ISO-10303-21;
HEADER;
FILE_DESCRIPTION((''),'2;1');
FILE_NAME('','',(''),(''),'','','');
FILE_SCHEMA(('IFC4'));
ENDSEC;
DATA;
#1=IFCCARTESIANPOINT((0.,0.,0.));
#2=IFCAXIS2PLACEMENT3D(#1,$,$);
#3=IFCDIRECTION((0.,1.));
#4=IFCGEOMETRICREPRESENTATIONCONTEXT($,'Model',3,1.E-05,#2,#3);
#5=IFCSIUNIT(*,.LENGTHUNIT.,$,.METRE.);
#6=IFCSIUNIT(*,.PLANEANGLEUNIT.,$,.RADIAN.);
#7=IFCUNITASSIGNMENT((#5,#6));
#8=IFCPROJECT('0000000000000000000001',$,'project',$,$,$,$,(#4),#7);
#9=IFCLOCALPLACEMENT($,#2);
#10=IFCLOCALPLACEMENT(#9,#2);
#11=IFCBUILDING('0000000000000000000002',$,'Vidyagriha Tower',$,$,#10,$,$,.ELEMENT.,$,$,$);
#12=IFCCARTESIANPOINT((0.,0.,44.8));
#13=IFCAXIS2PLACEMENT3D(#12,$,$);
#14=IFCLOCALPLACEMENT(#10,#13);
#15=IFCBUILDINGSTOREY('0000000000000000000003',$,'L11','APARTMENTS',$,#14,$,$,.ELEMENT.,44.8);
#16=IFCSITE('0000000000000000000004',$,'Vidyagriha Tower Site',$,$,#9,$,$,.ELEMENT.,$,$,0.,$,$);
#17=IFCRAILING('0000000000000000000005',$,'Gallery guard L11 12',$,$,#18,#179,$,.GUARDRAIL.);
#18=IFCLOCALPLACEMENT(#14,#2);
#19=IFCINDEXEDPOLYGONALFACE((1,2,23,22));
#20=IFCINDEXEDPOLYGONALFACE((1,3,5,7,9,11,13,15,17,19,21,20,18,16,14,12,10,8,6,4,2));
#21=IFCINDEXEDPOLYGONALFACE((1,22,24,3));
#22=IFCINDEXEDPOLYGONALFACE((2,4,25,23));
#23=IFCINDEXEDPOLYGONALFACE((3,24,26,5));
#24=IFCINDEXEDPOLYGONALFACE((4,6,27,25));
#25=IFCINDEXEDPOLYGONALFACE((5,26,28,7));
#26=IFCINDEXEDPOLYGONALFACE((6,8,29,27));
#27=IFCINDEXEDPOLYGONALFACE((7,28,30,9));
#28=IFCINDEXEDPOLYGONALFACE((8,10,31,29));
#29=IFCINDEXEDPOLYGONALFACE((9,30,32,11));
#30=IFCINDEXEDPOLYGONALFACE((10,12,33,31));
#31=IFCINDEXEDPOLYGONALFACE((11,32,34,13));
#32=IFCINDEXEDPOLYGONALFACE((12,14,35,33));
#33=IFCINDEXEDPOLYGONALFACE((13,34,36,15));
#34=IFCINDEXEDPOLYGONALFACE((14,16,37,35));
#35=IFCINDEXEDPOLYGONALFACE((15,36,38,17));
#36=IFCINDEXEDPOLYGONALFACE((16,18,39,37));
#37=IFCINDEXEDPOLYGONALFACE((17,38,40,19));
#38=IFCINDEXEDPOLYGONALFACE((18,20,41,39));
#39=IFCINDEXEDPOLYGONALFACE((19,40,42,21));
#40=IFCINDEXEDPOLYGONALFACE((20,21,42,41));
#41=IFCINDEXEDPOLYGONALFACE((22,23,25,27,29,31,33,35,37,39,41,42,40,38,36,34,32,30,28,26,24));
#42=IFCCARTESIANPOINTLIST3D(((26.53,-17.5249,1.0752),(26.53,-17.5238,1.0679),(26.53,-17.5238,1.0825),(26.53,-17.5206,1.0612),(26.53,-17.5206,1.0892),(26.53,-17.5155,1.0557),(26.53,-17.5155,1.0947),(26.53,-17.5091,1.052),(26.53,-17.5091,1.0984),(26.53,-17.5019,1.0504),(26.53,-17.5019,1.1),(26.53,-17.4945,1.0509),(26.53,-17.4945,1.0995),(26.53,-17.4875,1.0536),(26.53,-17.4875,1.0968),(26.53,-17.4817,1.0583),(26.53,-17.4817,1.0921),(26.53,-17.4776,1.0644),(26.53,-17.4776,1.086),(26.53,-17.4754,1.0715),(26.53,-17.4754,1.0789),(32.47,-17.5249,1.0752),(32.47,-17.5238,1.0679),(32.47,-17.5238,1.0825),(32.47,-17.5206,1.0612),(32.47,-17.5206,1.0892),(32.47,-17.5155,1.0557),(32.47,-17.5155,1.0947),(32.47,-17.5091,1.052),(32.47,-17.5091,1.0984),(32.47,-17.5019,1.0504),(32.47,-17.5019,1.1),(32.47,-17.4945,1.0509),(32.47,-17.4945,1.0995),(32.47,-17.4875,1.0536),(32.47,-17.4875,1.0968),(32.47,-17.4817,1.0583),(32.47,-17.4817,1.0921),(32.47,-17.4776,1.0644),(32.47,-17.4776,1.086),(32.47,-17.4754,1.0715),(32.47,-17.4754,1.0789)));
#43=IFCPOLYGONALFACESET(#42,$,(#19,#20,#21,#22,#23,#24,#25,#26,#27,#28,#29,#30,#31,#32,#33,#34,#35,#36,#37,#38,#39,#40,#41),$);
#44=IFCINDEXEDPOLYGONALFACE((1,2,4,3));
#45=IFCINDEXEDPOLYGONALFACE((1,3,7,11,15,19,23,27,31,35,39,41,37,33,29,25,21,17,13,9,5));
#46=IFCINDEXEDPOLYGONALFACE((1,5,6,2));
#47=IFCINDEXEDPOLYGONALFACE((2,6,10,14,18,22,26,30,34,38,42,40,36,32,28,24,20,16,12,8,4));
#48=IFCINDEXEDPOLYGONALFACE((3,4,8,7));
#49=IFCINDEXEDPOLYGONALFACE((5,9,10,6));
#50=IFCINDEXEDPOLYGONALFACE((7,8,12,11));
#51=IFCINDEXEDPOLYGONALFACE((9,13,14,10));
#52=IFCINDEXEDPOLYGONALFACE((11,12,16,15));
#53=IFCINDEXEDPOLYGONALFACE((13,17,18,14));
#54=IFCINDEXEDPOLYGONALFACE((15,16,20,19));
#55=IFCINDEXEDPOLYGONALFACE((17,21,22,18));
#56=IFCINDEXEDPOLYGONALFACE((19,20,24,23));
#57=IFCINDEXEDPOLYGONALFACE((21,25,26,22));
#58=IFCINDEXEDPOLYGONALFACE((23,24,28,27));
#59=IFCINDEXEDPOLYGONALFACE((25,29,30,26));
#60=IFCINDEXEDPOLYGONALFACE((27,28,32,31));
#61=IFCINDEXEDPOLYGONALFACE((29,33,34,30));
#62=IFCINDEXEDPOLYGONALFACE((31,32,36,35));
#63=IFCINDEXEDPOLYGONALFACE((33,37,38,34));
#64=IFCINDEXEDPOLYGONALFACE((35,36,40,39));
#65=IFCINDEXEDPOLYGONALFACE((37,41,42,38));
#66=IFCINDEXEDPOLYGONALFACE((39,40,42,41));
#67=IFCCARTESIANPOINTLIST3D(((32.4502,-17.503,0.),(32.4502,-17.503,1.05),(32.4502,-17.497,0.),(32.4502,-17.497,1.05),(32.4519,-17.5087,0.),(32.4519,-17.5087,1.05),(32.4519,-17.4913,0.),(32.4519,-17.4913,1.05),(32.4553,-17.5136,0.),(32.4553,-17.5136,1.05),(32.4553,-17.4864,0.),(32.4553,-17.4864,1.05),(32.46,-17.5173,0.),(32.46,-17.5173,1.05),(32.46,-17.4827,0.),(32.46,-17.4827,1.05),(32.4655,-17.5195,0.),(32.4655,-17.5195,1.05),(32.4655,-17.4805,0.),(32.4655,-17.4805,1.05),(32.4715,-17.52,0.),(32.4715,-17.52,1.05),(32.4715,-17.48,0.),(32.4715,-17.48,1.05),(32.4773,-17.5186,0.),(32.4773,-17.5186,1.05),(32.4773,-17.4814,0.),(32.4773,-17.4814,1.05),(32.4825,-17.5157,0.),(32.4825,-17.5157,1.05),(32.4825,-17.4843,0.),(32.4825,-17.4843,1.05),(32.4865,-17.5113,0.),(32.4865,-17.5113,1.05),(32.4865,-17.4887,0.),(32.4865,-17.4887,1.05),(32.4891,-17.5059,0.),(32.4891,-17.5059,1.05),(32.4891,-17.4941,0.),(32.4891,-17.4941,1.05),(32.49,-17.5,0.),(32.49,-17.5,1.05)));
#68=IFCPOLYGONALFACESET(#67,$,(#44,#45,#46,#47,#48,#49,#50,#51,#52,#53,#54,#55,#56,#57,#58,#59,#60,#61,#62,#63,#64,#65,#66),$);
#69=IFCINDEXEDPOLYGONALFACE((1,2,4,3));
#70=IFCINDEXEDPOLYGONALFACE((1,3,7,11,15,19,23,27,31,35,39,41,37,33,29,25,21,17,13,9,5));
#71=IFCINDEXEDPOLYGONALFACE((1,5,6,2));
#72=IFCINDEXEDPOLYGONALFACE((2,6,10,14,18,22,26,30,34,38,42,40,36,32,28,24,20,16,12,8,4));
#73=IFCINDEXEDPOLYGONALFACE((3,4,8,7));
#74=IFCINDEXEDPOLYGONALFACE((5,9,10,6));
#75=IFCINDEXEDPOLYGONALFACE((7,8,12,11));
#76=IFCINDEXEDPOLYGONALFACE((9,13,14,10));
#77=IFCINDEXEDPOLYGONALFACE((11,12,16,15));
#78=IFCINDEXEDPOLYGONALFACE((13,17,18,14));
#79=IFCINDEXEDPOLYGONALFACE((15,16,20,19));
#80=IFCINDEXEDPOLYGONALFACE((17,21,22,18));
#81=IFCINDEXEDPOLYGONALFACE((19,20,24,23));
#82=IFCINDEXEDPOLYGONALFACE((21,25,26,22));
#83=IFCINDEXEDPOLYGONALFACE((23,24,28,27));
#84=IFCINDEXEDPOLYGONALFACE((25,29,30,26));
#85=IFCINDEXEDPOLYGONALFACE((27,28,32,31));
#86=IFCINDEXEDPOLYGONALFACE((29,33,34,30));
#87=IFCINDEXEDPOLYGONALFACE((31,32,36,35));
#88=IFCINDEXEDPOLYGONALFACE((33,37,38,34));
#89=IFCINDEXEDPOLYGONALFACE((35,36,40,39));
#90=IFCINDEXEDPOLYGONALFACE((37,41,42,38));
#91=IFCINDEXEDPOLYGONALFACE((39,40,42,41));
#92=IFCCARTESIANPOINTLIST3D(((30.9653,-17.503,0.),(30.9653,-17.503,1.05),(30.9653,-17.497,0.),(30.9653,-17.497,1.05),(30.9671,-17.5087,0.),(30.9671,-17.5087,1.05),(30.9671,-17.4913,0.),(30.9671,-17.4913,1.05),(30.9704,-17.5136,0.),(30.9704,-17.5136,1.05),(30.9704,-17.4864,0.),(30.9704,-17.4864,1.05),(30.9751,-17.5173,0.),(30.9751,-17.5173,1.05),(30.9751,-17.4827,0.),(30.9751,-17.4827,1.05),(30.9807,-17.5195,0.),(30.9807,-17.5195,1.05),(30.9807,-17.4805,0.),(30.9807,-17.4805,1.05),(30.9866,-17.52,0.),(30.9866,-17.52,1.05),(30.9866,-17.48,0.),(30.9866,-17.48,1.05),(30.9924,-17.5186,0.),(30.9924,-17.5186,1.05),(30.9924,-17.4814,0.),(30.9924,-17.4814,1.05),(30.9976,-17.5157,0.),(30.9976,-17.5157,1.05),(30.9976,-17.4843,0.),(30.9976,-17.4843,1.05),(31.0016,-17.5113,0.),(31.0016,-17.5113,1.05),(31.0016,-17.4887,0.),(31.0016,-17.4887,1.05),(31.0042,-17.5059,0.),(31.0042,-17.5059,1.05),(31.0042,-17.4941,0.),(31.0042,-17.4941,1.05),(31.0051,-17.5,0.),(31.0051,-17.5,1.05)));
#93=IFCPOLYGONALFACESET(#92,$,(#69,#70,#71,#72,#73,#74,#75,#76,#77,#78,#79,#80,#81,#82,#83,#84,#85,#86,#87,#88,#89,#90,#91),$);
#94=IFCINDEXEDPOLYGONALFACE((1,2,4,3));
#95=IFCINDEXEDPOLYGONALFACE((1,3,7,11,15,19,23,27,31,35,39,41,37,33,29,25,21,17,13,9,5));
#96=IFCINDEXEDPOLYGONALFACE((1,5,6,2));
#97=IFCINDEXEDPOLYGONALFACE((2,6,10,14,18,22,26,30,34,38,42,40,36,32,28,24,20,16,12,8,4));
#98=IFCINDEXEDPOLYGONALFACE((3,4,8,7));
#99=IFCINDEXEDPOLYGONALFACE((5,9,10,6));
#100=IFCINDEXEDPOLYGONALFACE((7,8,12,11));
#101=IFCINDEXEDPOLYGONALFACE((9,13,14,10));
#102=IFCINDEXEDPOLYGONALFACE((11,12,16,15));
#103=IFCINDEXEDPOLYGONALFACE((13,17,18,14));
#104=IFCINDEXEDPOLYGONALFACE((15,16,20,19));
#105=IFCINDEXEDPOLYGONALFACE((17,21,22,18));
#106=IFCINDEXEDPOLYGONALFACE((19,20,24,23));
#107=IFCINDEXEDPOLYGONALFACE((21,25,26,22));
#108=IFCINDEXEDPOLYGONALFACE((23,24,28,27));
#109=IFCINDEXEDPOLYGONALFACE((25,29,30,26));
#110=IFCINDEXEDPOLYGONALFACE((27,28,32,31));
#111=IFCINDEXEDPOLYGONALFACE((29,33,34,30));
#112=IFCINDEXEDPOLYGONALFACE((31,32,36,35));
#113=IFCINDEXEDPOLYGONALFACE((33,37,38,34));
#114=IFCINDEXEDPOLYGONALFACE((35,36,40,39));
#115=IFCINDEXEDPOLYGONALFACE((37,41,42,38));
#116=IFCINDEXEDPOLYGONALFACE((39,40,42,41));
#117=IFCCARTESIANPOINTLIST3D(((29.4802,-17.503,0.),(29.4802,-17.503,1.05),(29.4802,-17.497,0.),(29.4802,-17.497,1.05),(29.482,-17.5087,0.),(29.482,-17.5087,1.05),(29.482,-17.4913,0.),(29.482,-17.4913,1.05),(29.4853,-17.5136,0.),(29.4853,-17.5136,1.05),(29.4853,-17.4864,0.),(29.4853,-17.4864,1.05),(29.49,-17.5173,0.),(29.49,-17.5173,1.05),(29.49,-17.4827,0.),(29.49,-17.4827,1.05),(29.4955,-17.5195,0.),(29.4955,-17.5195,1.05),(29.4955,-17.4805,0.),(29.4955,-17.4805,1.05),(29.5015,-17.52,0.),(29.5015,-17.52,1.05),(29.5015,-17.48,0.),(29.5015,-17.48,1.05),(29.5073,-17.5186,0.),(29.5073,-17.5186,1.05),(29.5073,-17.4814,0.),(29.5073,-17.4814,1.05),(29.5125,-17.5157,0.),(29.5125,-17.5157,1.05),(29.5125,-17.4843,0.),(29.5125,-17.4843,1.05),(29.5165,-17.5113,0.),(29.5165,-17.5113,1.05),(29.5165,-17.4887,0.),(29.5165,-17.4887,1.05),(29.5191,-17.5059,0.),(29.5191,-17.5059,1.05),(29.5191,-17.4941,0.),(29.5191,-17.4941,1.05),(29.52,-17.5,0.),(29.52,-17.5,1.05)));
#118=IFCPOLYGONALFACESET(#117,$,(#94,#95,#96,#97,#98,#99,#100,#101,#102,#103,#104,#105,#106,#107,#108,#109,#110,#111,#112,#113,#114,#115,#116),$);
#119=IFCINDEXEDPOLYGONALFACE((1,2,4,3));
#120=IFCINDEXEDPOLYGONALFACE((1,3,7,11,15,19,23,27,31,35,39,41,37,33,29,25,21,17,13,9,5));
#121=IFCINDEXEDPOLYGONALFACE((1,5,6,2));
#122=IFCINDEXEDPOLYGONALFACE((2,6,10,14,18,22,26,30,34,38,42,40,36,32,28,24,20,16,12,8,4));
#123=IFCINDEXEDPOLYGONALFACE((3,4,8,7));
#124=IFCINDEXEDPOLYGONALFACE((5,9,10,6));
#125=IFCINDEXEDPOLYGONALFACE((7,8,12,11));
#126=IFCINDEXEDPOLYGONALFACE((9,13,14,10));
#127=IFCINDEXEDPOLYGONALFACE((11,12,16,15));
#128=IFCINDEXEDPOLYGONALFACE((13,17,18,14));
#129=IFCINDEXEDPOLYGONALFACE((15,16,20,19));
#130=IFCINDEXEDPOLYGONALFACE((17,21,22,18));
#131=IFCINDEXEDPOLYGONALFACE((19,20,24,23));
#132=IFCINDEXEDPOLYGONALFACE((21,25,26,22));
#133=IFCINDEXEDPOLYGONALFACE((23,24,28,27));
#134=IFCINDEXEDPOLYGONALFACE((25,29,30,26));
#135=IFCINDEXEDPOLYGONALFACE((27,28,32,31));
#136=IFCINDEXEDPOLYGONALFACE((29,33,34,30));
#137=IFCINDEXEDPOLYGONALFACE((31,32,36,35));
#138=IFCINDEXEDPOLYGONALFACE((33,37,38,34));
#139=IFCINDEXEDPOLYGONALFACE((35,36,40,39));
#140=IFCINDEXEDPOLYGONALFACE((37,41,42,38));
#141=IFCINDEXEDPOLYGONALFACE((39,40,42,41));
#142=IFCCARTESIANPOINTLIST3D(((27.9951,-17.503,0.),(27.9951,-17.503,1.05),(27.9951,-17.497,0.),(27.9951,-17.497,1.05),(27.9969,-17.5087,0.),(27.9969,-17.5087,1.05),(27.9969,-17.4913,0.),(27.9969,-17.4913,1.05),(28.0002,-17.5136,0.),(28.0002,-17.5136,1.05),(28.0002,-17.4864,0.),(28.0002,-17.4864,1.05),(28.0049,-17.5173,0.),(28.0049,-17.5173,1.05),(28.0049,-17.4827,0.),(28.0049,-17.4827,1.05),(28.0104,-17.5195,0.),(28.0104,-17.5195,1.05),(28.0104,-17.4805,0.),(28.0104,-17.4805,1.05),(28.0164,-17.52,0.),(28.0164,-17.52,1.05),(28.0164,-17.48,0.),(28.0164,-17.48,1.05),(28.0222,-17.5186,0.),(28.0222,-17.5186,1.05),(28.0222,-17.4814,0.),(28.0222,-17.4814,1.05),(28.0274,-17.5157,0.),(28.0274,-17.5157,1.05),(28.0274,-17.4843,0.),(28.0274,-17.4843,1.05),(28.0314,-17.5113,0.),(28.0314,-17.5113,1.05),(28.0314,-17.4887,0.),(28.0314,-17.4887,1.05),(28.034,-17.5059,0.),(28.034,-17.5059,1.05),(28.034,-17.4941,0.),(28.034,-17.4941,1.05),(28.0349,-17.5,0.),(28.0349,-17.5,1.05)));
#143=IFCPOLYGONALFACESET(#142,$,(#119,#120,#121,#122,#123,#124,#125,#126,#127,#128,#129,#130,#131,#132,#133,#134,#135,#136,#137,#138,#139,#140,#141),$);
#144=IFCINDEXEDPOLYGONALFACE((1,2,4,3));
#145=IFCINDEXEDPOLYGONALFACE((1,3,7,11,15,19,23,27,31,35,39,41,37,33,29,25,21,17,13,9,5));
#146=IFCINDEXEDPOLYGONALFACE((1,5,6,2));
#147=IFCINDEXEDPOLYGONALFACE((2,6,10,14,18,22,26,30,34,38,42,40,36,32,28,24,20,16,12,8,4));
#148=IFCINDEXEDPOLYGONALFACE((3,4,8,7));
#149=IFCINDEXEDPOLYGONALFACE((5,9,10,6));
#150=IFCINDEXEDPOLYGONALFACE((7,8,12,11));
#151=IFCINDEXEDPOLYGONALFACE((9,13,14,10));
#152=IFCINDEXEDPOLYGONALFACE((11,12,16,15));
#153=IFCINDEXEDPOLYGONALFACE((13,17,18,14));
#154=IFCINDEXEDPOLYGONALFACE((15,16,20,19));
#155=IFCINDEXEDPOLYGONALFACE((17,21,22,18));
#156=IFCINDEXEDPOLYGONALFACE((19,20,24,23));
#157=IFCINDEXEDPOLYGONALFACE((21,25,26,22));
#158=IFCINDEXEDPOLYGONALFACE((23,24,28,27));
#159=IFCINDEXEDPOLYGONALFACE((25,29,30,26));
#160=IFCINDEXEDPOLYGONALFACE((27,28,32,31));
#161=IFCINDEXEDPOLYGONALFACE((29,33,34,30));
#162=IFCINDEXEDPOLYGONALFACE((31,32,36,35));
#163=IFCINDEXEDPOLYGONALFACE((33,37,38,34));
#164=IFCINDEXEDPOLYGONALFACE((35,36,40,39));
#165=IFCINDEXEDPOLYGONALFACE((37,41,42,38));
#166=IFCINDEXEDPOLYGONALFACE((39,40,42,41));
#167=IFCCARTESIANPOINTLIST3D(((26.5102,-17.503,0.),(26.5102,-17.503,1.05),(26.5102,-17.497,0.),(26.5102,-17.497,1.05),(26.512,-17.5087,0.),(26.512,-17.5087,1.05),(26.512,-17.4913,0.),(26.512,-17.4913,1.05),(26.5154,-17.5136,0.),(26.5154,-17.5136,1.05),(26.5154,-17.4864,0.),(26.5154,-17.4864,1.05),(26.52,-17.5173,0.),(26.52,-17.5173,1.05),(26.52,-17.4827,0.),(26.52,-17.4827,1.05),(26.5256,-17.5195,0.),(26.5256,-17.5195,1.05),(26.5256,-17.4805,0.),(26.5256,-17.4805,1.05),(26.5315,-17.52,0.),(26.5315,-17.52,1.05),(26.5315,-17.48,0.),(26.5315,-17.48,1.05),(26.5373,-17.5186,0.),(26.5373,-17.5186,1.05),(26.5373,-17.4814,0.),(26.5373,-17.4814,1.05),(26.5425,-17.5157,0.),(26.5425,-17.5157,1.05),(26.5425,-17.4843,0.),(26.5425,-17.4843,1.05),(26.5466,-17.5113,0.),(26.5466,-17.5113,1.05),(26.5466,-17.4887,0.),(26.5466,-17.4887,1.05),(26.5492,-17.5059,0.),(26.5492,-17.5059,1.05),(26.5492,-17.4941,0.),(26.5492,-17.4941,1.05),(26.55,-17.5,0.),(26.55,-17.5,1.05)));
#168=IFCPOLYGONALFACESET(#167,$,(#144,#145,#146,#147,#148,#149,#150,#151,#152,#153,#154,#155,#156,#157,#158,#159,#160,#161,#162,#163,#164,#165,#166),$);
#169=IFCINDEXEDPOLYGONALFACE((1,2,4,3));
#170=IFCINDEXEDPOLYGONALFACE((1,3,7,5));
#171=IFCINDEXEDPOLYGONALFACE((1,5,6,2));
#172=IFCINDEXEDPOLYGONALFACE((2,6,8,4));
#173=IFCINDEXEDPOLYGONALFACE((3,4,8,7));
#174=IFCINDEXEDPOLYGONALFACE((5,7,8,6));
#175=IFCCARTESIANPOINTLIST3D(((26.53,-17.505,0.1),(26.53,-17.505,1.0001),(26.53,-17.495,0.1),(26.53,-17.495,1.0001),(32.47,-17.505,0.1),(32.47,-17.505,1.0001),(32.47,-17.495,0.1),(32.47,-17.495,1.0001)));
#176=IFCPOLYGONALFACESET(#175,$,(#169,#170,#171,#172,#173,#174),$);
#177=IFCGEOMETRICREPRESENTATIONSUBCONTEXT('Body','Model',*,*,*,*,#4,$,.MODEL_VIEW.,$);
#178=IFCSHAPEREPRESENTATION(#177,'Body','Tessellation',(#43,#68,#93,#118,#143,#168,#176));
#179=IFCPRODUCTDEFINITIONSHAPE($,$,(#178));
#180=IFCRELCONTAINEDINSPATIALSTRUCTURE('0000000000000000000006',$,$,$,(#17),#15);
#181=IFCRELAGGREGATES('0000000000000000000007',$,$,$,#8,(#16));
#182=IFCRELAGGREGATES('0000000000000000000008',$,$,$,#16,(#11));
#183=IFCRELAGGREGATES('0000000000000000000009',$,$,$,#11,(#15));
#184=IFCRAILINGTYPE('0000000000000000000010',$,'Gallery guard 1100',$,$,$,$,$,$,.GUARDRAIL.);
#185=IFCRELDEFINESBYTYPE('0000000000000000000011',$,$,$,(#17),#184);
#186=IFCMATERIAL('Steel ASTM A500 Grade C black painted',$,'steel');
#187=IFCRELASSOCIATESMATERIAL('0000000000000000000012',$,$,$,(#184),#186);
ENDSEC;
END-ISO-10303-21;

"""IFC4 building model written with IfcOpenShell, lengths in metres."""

from ifc_helpers import new_model, si_unit, direction, frame, origin, origin_2d, place, context, subcontext, project, spatial, rectangle, circle, extrude, material, type_object, element, save


model = new_model("IFC4")

# Units and contexts
model_context = context("Model", 3, precision=1e-05, world=origin(), true_north=direction((0.0, 1.0)))
body_context = subcontext(model_context, "Body", "Model", "MODEL_VIEW")
ifc_project = project(units=[si_unit("LENGTHUNIT", "METRE"), si_unit("PLANEANGLEUNIT", "RADIAN")], contexts=[model_context])

# Site, building, storey
site_placement = place(None, origin())
site = spatial("IfcSite", under=ifc_project, at=site_placement, Name="Vidyagriha Tower Site", CompositionType="ELEMENT", RefElevation=0.0)
building_placement = place(site_placement, origin())
building = spatial("IfcBuilding", under=site, at=building_placement, Name="Vidyagriha Tower", CompositionType="ELEMENT")
storey_placement = place(building_placement, frame((0.0, 0.0, 44.8)))
storey = spatial("IfcBuildingStorey", under=building, at=storey_placement, Name="L11", Description="APARTMENTS", CompositionType="ELEMENT", Elevation=44.8)

# Railing
ifc_material_1 = material(Name="Steel ASTM A500 Grade C black painted", Category="steel")
railing_type = type_object("IfcRailingType", Name="Gallery guard 1100", PredefinedType="GUARDRAIL", material=ifc_material_1)
railing_1_placement = place(storey_placement, frame((32.47, -17.5, 0.0)))
element("IfcRailing", 1, at=railing_1_placement, inside=storey, type_object=railing_type, Name="Gallery guard L11 12", PredefinedType="GUARDRAIL", context=body_context, shape_type="SweptSolid", body=[
    extrude(circle(Radius=0.0249, at=origin_2d()), frame((0.0, 0.0, 1.0752), z_axis=(-1.0, 0.0, 0.0), x_axis=(0.0, -1.0, 0.0)), (0.0, 0.0, 1.0), 5.9399),
    extrude(circle(Radius=0.02, at=origin_2d()), origin(), (0.0, 0.0, 1.0), 1.05),
    extrude(circle(Radius=0.02, at=origin_2d()), frame((-1.4849, 0.0, 0.0)), (0.0, 0.0, 1.0), 1.05),
    extrude(circle(Radius=0.02, at=origin_2d()), frame((-2.97, 0.0, 0.0)), (0.0, 0.0, 1.0), 1.05),
    extrude(circle(Radius=0.02, at=origin_2d()), frame((-4.4551, 0.0, 0.0)), (0.0, 0.0, 1.0), 1.05),
    extrude(circle(Radius=0.02, at=origin_2d()), frame((-5.9399, 0.0, 0.0)), (0.0, 0.0, 1.0), 1.05),
    extrude(rectangle(XDim=0.01, YDim=0.9001, at=origin_2d()), frame((0.0, 0.0, 0.55), z_axis=(-1.0, 0.0, 0.0), x_axis=(0.0, -1.0, 0.0)), (0.0, 0.0, 1.0), 5.9399),
])

save(model, "model.ifc")
